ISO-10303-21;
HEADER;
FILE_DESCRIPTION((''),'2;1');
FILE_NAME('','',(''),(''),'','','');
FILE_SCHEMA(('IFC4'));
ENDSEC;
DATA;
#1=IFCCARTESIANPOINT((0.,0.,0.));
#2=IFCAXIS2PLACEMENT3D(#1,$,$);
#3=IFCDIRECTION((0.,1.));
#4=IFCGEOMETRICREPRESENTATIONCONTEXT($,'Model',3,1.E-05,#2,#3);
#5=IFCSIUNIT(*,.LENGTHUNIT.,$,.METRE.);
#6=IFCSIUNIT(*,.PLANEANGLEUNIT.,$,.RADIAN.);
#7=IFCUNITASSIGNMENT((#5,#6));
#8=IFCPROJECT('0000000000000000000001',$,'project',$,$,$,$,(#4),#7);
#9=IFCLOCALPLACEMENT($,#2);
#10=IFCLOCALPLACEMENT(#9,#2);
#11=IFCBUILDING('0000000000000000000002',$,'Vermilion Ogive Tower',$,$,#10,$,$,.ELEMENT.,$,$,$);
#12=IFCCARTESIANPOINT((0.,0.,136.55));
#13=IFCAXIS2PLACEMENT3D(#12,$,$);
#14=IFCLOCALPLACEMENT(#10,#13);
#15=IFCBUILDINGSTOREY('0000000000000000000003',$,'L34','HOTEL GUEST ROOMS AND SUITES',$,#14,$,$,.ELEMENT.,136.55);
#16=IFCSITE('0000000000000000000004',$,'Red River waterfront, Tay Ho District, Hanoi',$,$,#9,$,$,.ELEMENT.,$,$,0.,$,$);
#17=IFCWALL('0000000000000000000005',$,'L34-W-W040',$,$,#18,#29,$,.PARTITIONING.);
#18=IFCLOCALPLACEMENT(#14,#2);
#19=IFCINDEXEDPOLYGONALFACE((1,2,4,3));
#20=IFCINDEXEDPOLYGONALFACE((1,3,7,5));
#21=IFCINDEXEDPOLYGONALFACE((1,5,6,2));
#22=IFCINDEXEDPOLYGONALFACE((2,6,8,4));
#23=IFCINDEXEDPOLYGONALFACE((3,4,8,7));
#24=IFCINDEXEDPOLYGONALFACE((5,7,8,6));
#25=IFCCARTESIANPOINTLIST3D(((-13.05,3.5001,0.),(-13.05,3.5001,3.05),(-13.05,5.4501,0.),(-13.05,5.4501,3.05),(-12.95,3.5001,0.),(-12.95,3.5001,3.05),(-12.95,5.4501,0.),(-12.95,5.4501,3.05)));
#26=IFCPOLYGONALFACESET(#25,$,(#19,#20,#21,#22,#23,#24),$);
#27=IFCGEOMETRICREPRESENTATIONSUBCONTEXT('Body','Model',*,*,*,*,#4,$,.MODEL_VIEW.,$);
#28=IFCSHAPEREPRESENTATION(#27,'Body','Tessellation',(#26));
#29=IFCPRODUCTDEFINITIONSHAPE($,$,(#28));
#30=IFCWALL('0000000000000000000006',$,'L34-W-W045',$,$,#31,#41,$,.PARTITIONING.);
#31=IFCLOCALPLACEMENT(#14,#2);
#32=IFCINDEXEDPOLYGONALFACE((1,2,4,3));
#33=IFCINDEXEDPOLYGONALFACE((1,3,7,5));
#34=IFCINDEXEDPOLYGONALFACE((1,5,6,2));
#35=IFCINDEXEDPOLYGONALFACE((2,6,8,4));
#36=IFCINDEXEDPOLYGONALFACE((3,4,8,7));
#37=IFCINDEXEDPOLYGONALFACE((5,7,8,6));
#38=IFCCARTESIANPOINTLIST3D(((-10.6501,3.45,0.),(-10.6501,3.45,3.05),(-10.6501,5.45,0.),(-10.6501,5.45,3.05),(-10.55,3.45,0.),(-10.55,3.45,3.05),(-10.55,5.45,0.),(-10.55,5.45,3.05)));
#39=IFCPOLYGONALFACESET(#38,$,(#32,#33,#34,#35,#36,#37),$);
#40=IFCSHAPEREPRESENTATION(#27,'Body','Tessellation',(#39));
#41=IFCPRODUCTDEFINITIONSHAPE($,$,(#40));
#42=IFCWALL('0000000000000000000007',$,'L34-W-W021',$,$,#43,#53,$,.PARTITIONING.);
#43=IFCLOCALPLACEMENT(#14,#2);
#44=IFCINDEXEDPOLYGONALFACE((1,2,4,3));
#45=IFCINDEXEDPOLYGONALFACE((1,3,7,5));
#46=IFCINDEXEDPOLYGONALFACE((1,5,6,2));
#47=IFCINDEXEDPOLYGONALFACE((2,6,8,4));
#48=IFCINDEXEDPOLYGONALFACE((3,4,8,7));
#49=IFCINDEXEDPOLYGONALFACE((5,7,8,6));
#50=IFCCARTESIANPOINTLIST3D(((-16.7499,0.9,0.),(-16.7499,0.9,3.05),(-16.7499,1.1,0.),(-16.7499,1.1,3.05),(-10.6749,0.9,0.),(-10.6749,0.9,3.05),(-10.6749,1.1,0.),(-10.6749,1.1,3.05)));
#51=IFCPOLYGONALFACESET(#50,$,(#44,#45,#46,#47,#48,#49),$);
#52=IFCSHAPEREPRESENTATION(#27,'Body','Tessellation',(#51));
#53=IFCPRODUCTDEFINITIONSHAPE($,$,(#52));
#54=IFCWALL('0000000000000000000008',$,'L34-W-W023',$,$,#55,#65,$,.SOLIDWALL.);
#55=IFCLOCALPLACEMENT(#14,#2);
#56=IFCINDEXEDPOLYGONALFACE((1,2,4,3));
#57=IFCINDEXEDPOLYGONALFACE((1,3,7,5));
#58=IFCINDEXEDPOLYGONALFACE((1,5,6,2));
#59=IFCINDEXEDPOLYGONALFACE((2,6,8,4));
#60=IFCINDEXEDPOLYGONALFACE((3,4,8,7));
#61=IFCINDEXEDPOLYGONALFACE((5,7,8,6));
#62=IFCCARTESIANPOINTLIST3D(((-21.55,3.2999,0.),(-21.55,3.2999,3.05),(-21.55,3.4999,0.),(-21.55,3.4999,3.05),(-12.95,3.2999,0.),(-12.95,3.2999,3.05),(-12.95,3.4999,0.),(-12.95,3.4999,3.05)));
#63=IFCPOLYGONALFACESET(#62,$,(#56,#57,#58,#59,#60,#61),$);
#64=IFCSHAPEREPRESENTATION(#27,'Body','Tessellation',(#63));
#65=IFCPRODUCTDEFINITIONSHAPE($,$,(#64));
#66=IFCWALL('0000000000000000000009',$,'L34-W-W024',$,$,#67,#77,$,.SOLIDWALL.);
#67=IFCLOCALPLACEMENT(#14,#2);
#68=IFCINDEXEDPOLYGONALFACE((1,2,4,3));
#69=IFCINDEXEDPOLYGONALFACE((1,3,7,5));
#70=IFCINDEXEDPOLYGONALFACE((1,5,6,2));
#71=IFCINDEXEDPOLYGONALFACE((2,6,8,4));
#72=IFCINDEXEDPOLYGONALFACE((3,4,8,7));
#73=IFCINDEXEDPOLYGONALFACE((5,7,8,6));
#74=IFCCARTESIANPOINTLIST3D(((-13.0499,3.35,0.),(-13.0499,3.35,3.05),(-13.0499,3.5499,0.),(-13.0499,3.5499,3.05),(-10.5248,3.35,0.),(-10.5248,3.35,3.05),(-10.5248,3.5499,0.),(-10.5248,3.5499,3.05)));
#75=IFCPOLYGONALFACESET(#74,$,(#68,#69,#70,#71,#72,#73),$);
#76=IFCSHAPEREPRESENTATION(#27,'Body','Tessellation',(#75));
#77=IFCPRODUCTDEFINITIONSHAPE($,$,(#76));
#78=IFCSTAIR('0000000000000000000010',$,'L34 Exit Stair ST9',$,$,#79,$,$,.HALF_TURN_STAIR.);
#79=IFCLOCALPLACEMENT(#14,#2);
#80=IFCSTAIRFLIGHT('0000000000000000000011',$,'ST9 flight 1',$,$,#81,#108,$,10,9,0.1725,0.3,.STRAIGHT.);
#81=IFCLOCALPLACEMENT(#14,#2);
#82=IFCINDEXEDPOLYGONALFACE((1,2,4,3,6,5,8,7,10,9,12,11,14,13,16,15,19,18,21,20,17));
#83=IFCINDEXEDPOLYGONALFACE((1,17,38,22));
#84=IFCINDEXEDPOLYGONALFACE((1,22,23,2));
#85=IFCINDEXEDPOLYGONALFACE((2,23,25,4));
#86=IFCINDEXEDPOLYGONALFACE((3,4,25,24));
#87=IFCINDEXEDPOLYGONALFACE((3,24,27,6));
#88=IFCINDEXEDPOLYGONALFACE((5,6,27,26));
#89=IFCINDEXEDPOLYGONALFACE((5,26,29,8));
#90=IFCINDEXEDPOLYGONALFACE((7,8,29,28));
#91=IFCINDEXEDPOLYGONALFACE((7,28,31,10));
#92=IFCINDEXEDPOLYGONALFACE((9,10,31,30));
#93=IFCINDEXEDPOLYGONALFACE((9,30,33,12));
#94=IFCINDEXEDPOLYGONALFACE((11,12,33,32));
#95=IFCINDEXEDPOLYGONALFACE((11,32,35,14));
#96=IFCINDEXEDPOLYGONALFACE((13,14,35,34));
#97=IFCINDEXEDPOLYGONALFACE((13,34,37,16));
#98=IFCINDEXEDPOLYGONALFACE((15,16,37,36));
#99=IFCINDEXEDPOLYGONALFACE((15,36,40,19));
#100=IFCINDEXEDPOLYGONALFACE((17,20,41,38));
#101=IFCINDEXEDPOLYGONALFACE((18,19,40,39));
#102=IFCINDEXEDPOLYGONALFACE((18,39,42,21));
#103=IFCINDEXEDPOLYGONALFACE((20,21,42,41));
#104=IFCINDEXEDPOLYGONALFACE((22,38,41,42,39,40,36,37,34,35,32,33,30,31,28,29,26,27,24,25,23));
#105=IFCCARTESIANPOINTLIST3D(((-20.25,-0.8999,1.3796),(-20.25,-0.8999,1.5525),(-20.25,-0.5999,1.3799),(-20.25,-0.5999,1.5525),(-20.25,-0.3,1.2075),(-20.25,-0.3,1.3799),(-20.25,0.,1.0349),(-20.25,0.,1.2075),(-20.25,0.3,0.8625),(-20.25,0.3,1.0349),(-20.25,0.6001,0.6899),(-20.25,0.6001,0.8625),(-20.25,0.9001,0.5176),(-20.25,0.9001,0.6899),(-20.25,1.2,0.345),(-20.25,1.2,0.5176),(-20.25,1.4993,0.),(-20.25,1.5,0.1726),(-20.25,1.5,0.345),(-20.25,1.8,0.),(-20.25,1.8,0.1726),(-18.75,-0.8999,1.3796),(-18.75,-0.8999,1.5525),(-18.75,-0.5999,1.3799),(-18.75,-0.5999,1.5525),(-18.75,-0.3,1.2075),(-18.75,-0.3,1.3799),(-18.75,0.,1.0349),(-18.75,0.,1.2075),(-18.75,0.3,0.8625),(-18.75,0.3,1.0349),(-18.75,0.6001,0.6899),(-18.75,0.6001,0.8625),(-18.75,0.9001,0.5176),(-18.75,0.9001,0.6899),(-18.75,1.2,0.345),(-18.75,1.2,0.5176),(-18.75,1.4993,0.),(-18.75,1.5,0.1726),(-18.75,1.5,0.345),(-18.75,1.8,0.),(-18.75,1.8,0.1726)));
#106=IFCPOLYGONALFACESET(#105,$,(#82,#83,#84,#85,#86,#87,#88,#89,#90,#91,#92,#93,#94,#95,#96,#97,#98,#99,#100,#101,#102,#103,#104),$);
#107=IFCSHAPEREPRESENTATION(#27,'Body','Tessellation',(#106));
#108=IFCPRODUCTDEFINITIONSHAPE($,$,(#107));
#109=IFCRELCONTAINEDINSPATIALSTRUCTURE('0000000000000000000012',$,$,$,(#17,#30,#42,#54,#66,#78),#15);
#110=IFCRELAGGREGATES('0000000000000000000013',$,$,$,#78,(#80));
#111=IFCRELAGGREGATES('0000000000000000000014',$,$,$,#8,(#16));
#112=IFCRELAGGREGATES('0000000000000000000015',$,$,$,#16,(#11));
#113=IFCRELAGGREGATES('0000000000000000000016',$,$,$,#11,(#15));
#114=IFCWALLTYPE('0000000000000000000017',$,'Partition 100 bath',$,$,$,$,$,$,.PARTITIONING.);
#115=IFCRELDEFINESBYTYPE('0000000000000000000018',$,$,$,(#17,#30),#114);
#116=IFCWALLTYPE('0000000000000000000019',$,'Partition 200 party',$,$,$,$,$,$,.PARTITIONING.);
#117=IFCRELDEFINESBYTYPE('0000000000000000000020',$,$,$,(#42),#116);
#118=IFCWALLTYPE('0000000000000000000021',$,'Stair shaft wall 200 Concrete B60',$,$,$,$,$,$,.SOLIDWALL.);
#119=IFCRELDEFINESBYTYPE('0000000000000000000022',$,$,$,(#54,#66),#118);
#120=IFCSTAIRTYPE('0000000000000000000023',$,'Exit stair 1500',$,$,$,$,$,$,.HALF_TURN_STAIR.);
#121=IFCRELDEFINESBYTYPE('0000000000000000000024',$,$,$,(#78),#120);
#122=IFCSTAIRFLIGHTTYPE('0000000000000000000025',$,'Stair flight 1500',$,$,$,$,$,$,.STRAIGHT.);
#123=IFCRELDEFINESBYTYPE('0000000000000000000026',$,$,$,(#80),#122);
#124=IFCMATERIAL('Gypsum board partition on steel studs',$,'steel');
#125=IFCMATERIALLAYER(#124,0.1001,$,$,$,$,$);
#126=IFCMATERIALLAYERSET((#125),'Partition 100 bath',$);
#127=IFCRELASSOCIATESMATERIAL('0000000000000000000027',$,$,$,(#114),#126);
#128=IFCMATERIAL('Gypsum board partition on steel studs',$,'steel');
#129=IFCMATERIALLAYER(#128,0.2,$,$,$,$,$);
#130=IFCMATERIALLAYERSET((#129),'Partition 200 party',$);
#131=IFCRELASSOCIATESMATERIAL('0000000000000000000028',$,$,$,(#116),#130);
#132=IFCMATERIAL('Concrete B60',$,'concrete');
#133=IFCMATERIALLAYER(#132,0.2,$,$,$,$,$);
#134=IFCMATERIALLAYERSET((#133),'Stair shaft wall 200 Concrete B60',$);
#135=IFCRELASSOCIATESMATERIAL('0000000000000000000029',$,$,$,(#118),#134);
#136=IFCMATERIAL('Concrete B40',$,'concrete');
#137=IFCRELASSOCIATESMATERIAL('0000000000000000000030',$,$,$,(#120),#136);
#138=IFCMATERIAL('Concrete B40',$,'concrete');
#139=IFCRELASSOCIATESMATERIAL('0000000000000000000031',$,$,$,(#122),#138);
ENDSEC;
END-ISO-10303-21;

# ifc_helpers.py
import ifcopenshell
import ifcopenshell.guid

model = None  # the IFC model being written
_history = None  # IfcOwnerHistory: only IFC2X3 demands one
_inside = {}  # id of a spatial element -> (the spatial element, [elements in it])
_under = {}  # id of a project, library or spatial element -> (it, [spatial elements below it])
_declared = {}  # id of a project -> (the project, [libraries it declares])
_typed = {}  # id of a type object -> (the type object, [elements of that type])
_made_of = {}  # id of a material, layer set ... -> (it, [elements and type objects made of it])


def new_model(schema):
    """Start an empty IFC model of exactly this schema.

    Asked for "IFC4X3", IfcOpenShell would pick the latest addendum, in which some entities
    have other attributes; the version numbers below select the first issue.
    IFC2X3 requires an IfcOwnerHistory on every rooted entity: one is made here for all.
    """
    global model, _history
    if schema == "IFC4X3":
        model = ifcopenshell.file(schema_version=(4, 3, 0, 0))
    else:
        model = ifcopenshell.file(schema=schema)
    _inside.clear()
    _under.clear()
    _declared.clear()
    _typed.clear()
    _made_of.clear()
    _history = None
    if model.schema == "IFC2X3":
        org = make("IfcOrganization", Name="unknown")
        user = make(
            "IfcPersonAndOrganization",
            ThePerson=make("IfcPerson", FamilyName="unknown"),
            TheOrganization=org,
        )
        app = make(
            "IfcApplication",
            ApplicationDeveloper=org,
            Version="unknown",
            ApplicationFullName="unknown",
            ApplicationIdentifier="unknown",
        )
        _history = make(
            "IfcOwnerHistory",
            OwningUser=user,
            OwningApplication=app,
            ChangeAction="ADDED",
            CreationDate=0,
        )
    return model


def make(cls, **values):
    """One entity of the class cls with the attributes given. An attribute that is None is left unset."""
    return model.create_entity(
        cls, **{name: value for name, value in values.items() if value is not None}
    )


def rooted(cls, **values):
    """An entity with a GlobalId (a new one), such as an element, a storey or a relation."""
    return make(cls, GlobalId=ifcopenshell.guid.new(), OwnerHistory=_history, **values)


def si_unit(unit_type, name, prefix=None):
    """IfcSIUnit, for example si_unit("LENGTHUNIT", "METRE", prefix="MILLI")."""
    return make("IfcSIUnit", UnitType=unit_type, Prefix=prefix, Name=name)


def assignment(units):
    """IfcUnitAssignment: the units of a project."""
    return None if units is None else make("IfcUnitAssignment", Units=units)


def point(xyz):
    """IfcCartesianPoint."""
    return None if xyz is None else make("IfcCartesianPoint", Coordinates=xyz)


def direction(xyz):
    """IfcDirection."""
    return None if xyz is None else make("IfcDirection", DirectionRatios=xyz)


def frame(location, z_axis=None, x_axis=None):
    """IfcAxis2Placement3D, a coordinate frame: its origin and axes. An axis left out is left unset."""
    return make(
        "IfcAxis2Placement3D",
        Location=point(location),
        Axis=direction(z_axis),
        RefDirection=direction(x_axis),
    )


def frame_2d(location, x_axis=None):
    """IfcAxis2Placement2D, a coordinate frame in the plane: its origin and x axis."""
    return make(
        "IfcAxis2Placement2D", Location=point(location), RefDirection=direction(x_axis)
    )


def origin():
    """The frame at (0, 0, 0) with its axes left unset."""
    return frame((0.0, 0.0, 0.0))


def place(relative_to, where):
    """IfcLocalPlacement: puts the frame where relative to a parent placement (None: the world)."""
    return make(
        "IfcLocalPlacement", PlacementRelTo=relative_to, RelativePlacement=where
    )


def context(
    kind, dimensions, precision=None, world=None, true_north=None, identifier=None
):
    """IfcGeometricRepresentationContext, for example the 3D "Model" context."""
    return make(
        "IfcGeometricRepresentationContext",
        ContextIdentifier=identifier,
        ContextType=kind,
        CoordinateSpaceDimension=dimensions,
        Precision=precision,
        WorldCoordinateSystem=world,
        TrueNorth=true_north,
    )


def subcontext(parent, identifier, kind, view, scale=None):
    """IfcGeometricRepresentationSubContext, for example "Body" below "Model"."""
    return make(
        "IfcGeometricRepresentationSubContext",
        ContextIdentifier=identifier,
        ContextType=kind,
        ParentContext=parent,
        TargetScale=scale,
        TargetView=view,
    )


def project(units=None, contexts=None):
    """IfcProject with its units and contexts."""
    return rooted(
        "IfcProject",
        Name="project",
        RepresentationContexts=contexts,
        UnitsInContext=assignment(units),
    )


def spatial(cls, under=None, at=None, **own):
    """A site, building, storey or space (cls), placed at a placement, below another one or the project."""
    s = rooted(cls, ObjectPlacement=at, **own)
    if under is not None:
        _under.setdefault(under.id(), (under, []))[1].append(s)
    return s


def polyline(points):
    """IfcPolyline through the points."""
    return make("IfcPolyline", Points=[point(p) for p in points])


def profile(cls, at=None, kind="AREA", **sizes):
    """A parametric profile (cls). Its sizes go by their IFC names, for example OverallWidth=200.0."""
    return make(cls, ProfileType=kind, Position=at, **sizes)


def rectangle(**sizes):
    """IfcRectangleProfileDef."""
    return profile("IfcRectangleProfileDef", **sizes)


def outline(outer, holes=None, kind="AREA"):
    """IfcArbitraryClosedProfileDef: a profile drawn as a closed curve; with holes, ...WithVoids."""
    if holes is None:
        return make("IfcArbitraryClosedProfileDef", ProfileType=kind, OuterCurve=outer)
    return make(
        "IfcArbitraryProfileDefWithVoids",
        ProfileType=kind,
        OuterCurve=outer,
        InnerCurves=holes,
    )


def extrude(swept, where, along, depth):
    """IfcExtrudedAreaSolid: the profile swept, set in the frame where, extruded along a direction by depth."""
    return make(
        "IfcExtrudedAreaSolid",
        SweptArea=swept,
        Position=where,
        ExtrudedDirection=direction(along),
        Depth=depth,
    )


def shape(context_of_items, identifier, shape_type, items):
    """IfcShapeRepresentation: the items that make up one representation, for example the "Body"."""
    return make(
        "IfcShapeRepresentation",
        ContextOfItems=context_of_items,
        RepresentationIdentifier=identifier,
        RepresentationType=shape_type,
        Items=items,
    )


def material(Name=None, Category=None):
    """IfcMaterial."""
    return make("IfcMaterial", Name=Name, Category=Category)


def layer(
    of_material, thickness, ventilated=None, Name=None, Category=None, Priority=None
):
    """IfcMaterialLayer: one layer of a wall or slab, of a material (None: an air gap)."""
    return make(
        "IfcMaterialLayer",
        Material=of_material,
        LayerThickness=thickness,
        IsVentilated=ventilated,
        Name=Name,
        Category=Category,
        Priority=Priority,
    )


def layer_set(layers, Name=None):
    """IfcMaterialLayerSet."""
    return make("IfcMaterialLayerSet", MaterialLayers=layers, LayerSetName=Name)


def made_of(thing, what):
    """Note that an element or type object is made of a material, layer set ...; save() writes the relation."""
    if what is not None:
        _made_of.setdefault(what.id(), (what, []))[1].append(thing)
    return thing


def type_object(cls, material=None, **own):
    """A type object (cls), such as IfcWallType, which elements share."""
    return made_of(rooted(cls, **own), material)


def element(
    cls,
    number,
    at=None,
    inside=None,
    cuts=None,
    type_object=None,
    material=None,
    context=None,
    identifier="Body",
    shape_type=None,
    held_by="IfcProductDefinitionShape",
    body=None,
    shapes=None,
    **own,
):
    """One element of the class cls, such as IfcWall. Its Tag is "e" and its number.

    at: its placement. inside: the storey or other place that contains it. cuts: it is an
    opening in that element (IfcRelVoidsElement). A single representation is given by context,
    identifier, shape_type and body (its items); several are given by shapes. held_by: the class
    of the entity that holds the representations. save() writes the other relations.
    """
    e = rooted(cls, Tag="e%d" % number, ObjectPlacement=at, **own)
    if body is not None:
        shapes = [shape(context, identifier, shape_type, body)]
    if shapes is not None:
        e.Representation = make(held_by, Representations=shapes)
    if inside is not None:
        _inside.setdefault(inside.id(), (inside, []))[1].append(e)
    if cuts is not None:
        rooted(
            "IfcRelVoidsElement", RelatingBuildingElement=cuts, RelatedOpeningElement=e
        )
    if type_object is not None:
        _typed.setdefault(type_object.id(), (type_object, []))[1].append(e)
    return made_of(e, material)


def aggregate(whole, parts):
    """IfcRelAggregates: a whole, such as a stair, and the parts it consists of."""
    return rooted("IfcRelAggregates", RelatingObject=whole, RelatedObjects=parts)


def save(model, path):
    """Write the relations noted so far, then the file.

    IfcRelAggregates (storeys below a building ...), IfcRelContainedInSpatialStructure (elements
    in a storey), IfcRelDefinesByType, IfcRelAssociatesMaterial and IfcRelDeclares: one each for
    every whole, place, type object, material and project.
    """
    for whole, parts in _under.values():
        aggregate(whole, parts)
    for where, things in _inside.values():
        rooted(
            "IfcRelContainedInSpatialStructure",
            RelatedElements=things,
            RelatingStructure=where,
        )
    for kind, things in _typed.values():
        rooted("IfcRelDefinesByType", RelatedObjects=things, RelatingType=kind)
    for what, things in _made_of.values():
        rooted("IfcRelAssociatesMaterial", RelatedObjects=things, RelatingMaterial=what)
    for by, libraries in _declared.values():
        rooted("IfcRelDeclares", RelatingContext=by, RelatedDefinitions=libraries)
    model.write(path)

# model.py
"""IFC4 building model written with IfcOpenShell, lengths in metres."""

from ifc_helpers import new_model, si_unit, direction, frame, frame_2d, origin, place, context, subcontext, project, spatial, polyline, rectangle, outline, extrude, material, layer, layer_set, type_object, element, aggregate, save


model = new_model("IFC4")

# Units and contexts
model_context = context("Model", 3, precision=1e-05, world=origin(), true_north=direction((0.0, 1.0)))
body_context = subcontext(model_context, "Body", "Model", "MODEL_VIEW")
ifc_project = project(units=[si_unit("LENGTHUNIT", "METRE"), si_unit("PLANEANGLEUNIT", "RADIAN")], contexts=[model_context])

# Site, building, storey
site_placement = place(None, origin())
site = spatial("IfcSite", under=ifc_project, at=site_placement, Name="Red River waterfront, Tay Ho District, Hanoi", CompositionType="ELEMENT", RefElevation=0.0)
building_placement = place(site_placement, origin())
building = spatial("IfcBuilding", under=site, at=building_placement, Name="Vermilion Ogive Tower", CompositionType="ELEMENT")
storey_placement = place(building_placement, frame((0.0, 0.0, 136.55)))
storey = spatial("IfcBuildingStorey", under=building, at=storey_placement, Name="L34", Description="HOTEL GUEST ROOMS AND SUITES", CompositionType="ELEMENT", Elevation=136.55)

# Shared definitions
ifc_material_1 = material(Name="Gypsum board partition on steel studs", Category="steel")
ifc_layer_1 = layer(ifc_material_1, 0.1001)
ifc_layer_set_1 = layer_set([ifc_layer_1], Name="Partition 100 bath")
wall_type_1 = type_object("IfcWallType", Name="Partition 100 bath", PredefinedType="PARTITIONING", material=ifc_layer_set_1)

# Walls
wall_1_placement = place(storey_placement, frame((-13.0, 3.5, 0.0), z_axis=(0.0, 0.0, 1.0), x_axis=(0.0, 1.0, 0.0)))
element("IfcWall", 1, at=wall_1_placement, inside=storey, type_object=wall_type_1, Name="L34-W-W040", PredefinedType="PARTITIONING", context=body_context, shape_type="SweptSolid", body=[
    extrude(rectangle(XDim=1.95, YDim=0.1001, at=frame_2d((0.9751, 0.0))), origin(), (0.0, 0.0, 1.0), 3.05),
])
wall_2_placement = place(storey_placement, frame((-10.6001, 3.45, 0.0), z_axis=(0.0, 0.0, 1.0), x_axis=(0.0, 1.0, 0.0)))
element("IfcWall", 2, at=wall_2_placement, inside=storey, type_object=wall_type_1, Name="L34-W-W045", PredefinedType="PARTITIONING", context=body_context, shape_type="SweptSolid", body=[
    extrude(rectangle(XDim=2.0, YDim=0.1001, at=frame_2d((1.0, 0.0))), origin(), (0.0, 0.0, 1.0), 3.05),
])
ifc_material_2 = material(Name="Gypsum board partition on steel studs", Category="steel")
ifc_layer_2 = layer(ifc_material_2, 0.2)
ifc_layer_set_2 = layer_set([ifc_layer_2], Name="Partition 200 party")
wall_type_2 = type_object("IfcWallType", Name="Partition 200 party", PredefinedType="PARTITIONING", material=ifc_layer_set_2)
wall_3_placement = place(storey_placement, frame((-16.75, 1.0, 0.0), z_axis=(0.0, 0.0, 1.0), x_axis=(1.0, 0.0, 0.0)))
element("IfcWall", 3, at=wall_3_placement, inside=storey, type_object=wall_type_2, Name="L34-W-W021", PredefinedType="PARTITIONING", context=body_context, shape_type="SweptSolid", body=[
    extrude(rectangle(XDim=6.075, YDim=0.2, at=frame_2d((3.0376, 0.0))), origin(), (0.0, 0.0, 1.0), 3.05),
])
ifc_material_3 = material(Name="Concrete B60", Category="concrete")
ifc_layer_3 = layer(ifc_material_3, 0.2)
ifc_layer_set_3 = layer_set([ifc_layer_3], Name="Stair shaft wall 200 Concrete B60")
wall_type_3 = type_object("IfcWallType", Name="Stair shaft wall 200 Concrete B60", PredefinedType="SOLIDWALL", material=ifc_layer_set_3)
wall_4_placement = place(storey_placement, frame((-21.55, 3.3999, 0.0), z_axis=(0.0, 0.0, 1.0), x_axis=(1.0, 0.0, 0.0)))
element("IfcWall", 4, at=wall_4_placement, inside=storey, type_object=wall_type_3, Name="L34-W-W023", PredefinedType="SOLIDWALL", context=body_context, shape_type="SweptSolid", body=[
    extrude(rectangle(XDim=8.6001, YDim=0.2, at=frame_2d((4.3, 0.0))), origin(), (0.0, 0.0, 1.0), 3.05),
])
wall_5_placement = place(storey_placement, frame((-13.05, 3.45, 0.0), z_axis=(0.0, 0.0, 1.0), x_axis=(1.0, 0.0, 0.0)))
element("IfcWall", 5, at=wall_5_placement, inside=storey, type_object=wall_type_3, Name="L34-W-W024", PredefinedType="SOLIDWALL", context=body_context, shape_type="SweptSolid", body=[
    extrude(rectangle(XDim=2.5251, YDim=0.2, at=frame_2d((1.2627, 0.0))), origin(), (0.0, 0.0, 1.0), 3.05),
])

# Stair, stair flight
ifc_material_4 = material(Name="Concrete B40", Category="concrete")
stair_type = type_object("IfcStairType", Name="Exit stair 1500", PredefinedType="HALF_TURN_STAIR", material=ifc_material_4)
stair_placement = place(storey_placement, origin())
stair = element("IfcStair", 6, at=stair_placement, inside=storey, type_object=stair_type, Name="L34 Exit Stair ST9", PredefinedType="HALF_TURN_STAIR")
ifc_material_5 = material(Name="Concrete B40", Category="concrete")
stair_flight_type = type_object("IfcStairFlightType", Name="Stair flight 1500", PredefinedType="STRAIGHT", material=ifc_material_5)
stair_flight_placement = place(storey_placement, frame((-19.5, 1.8, 0.0), z_axis=(0.0, 0.0, 1.0), x_axis=(0.0, -1.0, 0.0)))
stair_flight = element("IfcStairFlight", 7, at=stair_flight_placement, type_object=stair_flight_type, Name="ST9 flight 1", NumberOfRisers=10, NumberOfTreads=9, PredefinedType="STRAIGHT", RiserHeight=0.1725, TreadLength=0.3, context=body_context, shape_type="SweptSolid", body=[
    extrude(outline(polyline([(0.0, 0.0), (0.0, 0.1726), (0.3, 0.1726), (0.3, 0.345), (0.6001, 0.345), (0.6001, 0.5176), (0.8999, 0.5176), (0.8999, 0.6899), (1.2, 0.6899), (1.2, 0.8625), (1.5, 0.8625), (1.5, 1.0349), (1.8, 1.0349), (1.8, 1.2075), (2.1001, 1.2075), (2.1001, 1.3799), (2.3999, 1.3799), (2.3999, 1.5525), (2.7, 1.5525), (2.7, 1.7251), (2.7, 1.3796), (0.3008, 0.0), (0.0, 0.0)])), frame((0.0, 0.75, 0.0), z_axis=(0.0, -1.0, 0.0), x_axis=(1.0, 0.0, 0.0)), (0.0, 0.0, 1.0), 1.5),
])
aggregate(stair, [stair_flight])

save(model, "model.ifc")
